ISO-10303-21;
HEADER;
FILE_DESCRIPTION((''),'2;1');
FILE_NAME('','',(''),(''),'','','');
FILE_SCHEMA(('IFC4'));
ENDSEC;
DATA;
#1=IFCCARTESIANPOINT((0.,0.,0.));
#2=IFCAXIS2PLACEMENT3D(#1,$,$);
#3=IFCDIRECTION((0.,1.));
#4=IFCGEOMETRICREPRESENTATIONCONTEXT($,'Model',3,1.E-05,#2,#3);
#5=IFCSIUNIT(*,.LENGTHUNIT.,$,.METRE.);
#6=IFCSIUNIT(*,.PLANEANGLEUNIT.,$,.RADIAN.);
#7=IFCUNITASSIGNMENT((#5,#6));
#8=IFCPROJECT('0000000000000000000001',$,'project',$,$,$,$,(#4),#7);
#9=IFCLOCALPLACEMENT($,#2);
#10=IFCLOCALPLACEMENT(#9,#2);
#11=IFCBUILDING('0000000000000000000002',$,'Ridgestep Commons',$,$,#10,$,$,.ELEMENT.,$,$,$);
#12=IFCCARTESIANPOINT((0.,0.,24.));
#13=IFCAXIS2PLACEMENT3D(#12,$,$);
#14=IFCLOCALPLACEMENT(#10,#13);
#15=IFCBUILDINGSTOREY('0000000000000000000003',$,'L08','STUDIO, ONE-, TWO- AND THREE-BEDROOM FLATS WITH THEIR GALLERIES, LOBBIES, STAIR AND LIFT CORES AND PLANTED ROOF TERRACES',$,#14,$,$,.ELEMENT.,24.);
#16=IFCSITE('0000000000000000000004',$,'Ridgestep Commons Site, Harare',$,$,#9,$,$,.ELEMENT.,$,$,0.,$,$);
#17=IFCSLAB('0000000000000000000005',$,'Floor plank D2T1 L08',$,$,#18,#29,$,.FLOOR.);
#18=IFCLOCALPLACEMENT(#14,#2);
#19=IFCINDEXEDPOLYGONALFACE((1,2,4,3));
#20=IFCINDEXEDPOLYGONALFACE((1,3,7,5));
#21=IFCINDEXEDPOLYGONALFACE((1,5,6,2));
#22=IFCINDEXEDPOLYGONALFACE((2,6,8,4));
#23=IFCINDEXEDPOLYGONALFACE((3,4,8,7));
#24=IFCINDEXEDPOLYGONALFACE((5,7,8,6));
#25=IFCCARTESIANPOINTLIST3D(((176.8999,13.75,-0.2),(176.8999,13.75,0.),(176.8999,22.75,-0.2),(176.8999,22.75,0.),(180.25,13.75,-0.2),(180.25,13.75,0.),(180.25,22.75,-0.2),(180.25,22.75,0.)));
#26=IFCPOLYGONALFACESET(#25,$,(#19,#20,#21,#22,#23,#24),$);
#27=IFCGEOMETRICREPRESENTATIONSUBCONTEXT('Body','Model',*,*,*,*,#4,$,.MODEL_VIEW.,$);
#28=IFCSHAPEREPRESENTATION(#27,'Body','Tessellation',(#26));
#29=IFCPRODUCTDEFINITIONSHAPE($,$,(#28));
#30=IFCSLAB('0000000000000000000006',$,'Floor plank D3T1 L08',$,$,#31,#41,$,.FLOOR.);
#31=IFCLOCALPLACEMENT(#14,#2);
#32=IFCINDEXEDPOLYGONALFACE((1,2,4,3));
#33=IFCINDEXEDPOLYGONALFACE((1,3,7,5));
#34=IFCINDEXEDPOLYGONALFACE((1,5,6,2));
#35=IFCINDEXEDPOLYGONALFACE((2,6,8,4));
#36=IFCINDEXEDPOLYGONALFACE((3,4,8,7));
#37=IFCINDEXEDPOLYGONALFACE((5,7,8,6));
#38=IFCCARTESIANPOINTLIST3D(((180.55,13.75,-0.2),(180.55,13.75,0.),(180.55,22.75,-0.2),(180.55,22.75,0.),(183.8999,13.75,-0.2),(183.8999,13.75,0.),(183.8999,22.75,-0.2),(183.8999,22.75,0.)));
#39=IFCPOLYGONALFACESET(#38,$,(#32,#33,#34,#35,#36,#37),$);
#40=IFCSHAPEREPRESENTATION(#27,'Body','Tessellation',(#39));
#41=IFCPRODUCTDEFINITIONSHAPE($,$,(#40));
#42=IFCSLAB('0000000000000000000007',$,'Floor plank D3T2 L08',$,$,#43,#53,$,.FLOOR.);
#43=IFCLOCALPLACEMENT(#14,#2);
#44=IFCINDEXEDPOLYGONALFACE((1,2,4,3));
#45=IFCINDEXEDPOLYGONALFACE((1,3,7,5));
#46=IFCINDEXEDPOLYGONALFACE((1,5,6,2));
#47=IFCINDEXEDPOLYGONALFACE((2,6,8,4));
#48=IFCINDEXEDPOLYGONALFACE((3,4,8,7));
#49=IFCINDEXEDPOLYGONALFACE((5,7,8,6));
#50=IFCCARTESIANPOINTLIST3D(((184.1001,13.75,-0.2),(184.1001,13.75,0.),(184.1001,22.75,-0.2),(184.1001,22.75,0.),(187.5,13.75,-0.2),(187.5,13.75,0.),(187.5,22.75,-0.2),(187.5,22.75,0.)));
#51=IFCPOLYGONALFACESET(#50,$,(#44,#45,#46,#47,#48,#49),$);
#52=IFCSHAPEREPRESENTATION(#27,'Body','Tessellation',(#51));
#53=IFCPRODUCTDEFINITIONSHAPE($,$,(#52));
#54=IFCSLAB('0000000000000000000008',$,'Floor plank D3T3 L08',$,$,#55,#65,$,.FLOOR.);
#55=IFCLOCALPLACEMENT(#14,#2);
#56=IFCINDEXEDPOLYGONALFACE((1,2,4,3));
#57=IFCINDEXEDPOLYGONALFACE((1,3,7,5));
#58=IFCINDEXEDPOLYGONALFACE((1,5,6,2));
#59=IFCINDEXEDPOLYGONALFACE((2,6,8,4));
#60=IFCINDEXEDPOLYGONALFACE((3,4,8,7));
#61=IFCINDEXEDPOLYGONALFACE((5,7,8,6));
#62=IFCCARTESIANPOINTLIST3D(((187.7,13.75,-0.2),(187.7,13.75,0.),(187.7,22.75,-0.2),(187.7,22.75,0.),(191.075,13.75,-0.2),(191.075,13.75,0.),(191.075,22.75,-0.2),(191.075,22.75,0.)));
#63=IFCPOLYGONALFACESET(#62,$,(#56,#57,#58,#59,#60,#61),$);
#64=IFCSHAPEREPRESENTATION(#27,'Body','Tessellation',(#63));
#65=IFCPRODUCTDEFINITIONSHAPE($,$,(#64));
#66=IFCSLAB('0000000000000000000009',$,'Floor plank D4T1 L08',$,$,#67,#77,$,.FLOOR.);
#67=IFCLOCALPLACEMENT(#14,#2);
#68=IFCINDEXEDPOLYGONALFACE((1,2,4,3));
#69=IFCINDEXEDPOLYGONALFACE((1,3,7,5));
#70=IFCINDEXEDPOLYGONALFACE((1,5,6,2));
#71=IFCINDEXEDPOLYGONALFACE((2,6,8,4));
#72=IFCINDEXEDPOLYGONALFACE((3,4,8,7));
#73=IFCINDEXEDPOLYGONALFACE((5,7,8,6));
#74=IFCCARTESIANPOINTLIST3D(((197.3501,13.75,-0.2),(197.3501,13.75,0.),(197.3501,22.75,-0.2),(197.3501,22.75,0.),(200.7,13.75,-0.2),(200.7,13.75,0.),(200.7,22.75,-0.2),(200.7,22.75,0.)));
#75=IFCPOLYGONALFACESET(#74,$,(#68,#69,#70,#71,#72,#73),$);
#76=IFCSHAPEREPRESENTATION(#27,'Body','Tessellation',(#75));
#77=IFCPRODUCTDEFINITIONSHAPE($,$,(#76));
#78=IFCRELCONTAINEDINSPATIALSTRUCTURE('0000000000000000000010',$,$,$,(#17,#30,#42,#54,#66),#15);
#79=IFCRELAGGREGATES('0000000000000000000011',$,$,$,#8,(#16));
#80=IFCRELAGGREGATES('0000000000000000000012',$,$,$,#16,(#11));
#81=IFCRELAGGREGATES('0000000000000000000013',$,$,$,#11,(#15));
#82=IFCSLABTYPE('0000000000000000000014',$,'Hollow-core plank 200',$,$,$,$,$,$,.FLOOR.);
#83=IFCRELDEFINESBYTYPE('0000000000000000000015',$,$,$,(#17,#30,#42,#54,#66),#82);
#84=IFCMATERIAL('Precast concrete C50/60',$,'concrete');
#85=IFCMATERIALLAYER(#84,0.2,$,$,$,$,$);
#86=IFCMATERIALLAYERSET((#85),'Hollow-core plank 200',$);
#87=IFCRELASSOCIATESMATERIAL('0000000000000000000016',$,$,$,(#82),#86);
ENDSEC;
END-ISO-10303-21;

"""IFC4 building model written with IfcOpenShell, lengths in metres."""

from ifc_helpers import new_model, si_unit, direction, frame, origin, place, context, subcontext, project, spatial, polyline, outline, extrude, material, layer, layer_set, type_object, element, save


model = new_model("IFC4")

# Units and contexts
model_context = context("Model", 3, precision=1e-05, world=origin(), true_north=direction((0.0, 1.0)))
body_context = subcontext(model_context, "Body", "Model", "MODEL_VIEW")
ifc_project = project(units=[si_unit("LENGTHUNIT", "METRE"), si_unit("PLANEANGLEUNIT", "RADIAN")], contexts=[model_context])

# Site, building, storey
site_placement = place(None, origin())
site = spatial("IfcSite", under=ifc_project, at=site_placement, Name="Ridgestep Commons Site, Harare", CompositionType="ELEMENT", RefElevation=0.0)
building_placement = place(site_placement, origin())
building = spatial("IfcBuilding", under=site, at=building_placement, Name="Ridgestep Commons", CompositionType="ELEMENT")
storey_placement = place(building_placement, frame((0.0, 0.0, 24.0)))
storey = spatial("IfcBuildingStorey", under=building, at=storey_placement, Name="L08", Description="STUDIO, ONE-, TWO- AND THREE-BEDROOM FLATS WITH THEIR GALLERIES, LOBBIES, STAIR AND LIFT CORES AND PLANTED ROOF TERRACES", CompositionType="ELEMENT", Elevation=24.0)

# Slabs
ifc_material_1 = material(Name="Precast concrete C50/60", Category="concrete")
ifc_layer_1 = layer(ifc_material_1, 0.2)
ifc_layer_set_1 = layer_set([ifc_layer_1], Name="Hollow-core plank 200")
slab_type_1 = type_object("IfcSlabType", Name="Hollow-core plank 200", PredefinedType="FLOOR", material=ifc_layer_set_1)
slab_1_placement = place(storey_placement, frame((0.0, 0.0, -0.2)))
element("IfcSlab", 1, at=slab_1_placement, inside=storey, type_object=slab_type_1, Name="Floor plank D2T1 L08", PredefinedType="FLOOR", context=body_context, shape_type="SweptSolid", body=[
    extrude(outline(polyline([(180.25, 13.75), (180.25, 22.75), (176.8999, 22.75), (176.8999, 13.75), (180.25, 13.75)])), origin(), (0.0, 0.0, 1.0), 0.2),
])
slab_2_placement = place(storey_placement, frame((0.0, 0.0, -0.2)))
element("IfcSlab", 2, at=slab_2_placement, inside=storey, type_object=slab_type_1, Name="Floor plank D3T1 L08", PredefinedType="FLOOR", context=body_context, shape_type="SweptSolid", body=[
    extrude(outline(polyline([(183.8999, 13.75), (183.8999, 22.75), (180.55, 22.75), (180.55, 13.75), (183.8999, 13.75)])), origin(), (0.0, 0.0, 1.0), 0.2),
])
slab_3_placement = place(storey_placement, frame((0.0, 0.0, -0.2)))
element("IfcSlab", 3, at=slab_3_placement, inside=storey, type_object=slab_type_1, Name="Floor plank D3T2 L08", PredefinedType="FLOOR", context=body_context, shape_type="SweptSolid", body=[
    extrude(outline(polyline([(187.5, 13.75), (187.5, 22.75), (184.1001, 22.75), (184.1001, 13.75), (187.5, 13.75)])), origin(), (0.0, 0.0, 1.0), 0.2),
])
slab_4_placement = place(storey_placement, frame((0.0, 0.0, -0.2)))
element("IfcSlab", 4, at=slab_4_placement, inside=storey, type_object=slab_type_1, Name="Floor plank D3T3 L08", PredefinedType="FLOOR", context=body_context, shape_type="SweptSolid", body=[
    extrude(outline(polyline([(191.075, 13.75), (191.075, 22.75), (187.7, 22.75), (187.7, 13.75), (191.075, 13.75)])), origin(), (0.0, 0.0, 1.0), 0.2),
])
slab_5_placement = place(storey_placement, frame((0.0, 0.0, -0.2)))
element("IfcSlab", 5, at=slab_5_placement, inside=storey, type_object=slab_type_1, Name="Floor plank D4T1 L08", PredefinedType="FLOOR", context=body_context, shape_type="SweptSolid", body=[
    extrude(outline(polyline([(200.7, 13.75), (200.7, 22.75), (197.3501, 22.75), (197.3501, 13.75), (200.7, 13.75)])), origin(), (0.0, 0.0, 1.0), 0.2),
])

save(model, "model.ifc")
